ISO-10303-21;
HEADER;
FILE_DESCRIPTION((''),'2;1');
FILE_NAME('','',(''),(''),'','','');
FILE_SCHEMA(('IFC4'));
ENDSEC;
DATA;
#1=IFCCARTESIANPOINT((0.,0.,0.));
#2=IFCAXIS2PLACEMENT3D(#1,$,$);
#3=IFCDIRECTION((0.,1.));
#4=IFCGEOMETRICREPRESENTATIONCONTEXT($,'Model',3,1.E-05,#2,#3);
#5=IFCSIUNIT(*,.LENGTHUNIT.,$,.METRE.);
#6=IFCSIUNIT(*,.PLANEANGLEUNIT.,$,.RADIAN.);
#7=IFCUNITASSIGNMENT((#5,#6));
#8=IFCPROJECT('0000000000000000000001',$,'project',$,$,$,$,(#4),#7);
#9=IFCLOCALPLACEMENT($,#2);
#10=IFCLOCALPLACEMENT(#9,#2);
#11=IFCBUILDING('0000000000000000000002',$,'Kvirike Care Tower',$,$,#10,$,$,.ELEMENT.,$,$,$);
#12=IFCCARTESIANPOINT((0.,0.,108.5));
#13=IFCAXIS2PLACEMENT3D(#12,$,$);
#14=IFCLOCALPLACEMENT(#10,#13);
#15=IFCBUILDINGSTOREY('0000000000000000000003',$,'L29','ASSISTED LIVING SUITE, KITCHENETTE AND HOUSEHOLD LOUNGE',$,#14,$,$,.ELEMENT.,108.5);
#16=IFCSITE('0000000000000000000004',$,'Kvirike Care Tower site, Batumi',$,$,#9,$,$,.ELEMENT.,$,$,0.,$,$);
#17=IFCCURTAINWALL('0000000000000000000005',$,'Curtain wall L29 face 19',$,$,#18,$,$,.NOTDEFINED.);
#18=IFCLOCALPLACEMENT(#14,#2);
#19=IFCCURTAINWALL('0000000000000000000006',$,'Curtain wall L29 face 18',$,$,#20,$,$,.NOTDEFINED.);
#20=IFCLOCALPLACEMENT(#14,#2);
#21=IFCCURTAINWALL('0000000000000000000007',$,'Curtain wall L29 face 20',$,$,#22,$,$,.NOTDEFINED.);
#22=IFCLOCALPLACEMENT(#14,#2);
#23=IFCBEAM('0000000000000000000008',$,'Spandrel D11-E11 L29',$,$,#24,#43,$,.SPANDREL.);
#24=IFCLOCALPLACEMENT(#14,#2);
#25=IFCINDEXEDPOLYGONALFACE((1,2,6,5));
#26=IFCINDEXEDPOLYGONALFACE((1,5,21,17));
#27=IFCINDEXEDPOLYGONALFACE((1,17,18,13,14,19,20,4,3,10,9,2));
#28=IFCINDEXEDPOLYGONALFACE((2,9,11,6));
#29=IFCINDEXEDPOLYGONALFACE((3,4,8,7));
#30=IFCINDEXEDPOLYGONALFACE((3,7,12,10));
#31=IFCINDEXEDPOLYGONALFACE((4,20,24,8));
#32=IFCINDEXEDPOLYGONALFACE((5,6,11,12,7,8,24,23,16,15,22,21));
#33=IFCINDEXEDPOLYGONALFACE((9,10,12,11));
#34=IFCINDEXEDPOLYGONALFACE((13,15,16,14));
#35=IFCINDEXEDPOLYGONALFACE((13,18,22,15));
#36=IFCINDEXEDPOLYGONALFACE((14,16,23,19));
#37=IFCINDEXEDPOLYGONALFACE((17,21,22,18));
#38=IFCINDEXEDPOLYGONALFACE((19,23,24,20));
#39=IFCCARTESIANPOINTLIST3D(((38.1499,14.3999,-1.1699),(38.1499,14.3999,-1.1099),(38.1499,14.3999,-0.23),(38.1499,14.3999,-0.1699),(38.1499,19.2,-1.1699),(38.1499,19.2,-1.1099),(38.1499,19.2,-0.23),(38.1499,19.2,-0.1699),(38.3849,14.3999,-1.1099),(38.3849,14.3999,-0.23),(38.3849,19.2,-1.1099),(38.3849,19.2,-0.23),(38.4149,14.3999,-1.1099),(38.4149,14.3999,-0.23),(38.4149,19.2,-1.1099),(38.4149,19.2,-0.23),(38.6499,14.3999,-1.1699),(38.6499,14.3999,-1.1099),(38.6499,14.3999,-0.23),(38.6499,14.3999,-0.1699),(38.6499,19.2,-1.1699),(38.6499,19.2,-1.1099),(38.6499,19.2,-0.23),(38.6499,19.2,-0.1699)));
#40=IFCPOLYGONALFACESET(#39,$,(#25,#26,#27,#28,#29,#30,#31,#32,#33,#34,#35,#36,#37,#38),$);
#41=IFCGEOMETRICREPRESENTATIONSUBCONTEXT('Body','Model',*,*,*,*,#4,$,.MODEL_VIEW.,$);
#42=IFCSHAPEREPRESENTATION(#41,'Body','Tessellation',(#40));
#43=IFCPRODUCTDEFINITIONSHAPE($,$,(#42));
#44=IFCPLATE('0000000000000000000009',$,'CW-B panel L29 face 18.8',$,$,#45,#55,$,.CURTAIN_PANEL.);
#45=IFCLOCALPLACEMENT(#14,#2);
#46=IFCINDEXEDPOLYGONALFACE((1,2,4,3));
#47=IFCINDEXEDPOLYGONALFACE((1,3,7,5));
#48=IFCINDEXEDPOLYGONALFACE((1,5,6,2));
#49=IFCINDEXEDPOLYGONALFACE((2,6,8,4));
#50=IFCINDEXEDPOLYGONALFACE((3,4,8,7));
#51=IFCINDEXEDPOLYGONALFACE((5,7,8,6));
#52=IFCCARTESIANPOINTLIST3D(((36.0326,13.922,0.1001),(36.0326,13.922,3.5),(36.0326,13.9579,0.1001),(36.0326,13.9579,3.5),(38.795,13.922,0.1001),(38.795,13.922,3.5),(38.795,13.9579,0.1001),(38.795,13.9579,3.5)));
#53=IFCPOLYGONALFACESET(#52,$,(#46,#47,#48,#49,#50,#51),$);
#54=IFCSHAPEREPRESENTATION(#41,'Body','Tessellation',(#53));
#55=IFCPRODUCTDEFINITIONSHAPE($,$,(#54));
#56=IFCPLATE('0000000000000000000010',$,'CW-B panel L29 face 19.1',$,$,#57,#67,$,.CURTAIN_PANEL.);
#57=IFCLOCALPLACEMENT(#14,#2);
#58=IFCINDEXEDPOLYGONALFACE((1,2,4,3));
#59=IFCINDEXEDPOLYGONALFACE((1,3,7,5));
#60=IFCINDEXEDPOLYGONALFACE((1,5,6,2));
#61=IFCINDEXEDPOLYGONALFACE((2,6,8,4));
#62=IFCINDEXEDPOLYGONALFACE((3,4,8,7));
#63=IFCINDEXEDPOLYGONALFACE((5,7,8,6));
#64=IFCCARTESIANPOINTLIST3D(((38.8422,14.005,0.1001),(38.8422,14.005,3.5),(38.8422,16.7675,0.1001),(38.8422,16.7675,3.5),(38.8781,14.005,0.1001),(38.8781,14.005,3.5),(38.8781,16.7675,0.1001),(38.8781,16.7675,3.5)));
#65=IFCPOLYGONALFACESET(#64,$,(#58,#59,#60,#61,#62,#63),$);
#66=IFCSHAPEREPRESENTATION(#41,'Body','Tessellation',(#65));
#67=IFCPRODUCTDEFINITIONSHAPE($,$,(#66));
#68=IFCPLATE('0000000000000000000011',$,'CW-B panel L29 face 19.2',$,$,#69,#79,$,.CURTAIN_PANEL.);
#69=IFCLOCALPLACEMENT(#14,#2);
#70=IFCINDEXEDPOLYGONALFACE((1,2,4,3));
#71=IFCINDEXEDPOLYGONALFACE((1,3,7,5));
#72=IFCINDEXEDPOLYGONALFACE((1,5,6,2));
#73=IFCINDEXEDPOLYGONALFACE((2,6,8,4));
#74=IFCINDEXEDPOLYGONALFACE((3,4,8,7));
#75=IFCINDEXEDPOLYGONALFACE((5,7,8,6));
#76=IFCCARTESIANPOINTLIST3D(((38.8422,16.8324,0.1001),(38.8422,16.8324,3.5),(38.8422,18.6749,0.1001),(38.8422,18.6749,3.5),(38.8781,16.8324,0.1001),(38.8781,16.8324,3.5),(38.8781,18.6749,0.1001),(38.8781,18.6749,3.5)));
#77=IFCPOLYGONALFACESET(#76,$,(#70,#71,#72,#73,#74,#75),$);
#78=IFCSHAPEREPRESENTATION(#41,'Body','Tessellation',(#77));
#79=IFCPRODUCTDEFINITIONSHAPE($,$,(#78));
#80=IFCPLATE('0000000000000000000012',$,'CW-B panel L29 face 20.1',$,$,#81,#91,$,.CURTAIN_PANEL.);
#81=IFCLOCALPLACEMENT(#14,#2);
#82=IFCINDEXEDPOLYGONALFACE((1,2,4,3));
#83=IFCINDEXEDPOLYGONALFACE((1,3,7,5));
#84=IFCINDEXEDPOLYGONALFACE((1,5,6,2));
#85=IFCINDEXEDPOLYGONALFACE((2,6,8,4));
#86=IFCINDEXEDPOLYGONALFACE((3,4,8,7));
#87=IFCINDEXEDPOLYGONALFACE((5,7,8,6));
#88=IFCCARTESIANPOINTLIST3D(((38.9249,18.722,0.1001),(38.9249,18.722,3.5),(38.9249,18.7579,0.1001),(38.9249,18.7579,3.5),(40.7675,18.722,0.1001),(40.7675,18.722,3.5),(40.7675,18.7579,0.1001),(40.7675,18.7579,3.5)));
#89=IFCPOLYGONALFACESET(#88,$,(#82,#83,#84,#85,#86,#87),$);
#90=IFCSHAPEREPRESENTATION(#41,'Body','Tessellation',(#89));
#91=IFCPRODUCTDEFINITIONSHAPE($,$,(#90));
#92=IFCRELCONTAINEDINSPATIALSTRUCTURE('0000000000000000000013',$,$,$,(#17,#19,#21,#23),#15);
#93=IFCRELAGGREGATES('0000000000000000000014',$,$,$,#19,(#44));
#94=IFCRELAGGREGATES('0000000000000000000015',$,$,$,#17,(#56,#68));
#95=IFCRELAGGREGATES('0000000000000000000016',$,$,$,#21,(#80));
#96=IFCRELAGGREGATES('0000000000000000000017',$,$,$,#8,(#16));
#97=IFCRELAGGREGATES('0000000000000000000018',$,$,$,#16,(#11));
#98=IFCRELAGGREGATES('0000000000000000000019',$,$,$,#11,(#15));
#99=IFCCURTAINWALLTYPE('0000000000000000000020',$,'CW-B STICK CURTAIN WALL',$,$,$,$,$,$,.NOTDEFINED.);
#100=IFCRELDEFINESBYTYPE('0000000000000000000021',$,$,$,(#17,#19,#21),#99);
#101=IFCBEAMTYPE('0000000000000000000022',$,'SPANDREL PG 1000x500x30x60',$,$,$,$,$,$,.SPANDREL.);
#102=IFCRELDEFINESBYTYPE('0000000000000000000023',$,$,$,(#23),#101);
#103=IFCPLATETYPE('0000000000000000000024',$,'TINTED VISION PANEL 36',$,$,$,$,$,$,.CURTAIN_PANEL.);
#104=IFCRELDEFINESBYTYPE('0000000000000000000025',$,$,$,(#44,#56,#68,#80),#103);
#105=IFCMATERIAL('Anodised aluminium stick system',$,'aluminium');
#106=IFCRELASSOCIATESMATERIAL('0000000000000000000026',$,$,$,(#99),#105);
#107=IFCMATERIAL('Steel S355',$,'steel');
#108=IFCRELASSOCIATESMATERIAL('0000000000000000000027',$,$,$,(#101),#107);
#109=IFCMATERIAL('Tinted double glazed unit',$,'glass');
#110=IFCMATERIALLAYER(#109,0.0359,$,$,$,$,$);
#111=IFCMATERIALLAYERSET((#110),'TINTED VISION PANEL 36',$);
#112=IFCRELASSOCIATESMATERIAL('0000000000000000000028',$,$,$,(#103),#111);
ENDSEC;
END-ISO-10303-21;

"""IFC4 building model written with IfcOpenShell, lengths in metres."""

from ifc_helpers import new_model, si_unit, direction, frame, origin, origin_2d, place, context, subcontext, project, spatial, rectangle, i_section, extrude, material, layer, layer_set, material_profile, profile_set, type_object, element, aggregate, save


model = new_model("IFC4")

# Units and contexts
model_context = context("Model", 3, precision=1e-05, world=origin(), true_north=direction((0.0, 1.0)))
body_context = subcontext(model_context, "Body", "Model", "MODEL_VIEW")
ifc_project = project(units=[si_unit("LENGTHUNIT", "METRE"), si_unit("PLANEANGLEUNIT", "RADIAN")], contexts=[model_context])

# Site, building, storey
site_placement = place(None, origin())
site = spatial("IfcSite", under=ifc_project, at=site_placement, Name="Kvirike Care Tower site, Batumi", CompositionType="ELEMENT", RefElevation=0.0)
building_placement = place(site_placement, origin())
building = spatial("IfcBuilding", under=site, at=building_placement, Name="Kvirike Care Tower", CompositionType="ELEMENT")
storey_placement = place(building_placement, frame((0.0, 0.0, 108.5)))
storey = spatial("IfcBuildingStorey", under=building, at=storey_placement, Name="L29", Description="ASSISTED LIVING SUITE, KITCHENETTE AND HOUSEHOLD LOUNGE", CompositionType="ELEMENT", Elevation=108.5)

# Curtain wall
ifc_material_1 = material(Name="Anodised aluminium stick system", Category="aluminium")
curtain_wall_type = type_object("IfcCurtainWallType", Name="CW-B STICK CURTAIN WALL", PredefinedType="NOTDEFINED", material=ifc_material_1)
curtain_wall_1_placement = place(storey_placement, origin())
curtain_wall_1 = element("IfcCurtainWall", 1, at=curtain_wall_1_placement, inside=storey, type_object=curtain_wall_type, Name="Curtain wall L29 face 19", PredefinedType="NOTDEFINED")

# Curtain wall
curtain_wall_2_placement = place(storey_placement, origin())
curtain_wall_2 = element("IfcCurtainWall", 2, at=curtain_wall_2_placement, inside=storey, type_object=curtain_wall_type, Name="Curtain wall L29 face 18", PredefinedType="NOTDEFINED")

# Curtain wall
curtain_wall_3_placement = place(storey_placement, origin())
curtain_wall_3 = element("IfcCurtainWall", 3, at=curtain_wall_3_placement, inside=storey, type_object=curtain_wall_type, Name="Curtain wall L29 face 20", PredefinedType="NOTDEFINED")

# Beam
ifc_material_2 = material(Name="Steel S355", Category="steel")
ifc_material_profile_1 = material_profile(ifc_material_2, i_section(OverallWidth=0.5, OverallDepth=1.0, WebThickness=0.03, FlangeThickness=0.0601, at=origin_2d()), Name="PG 1000x500x30x60")
ifc_profile_set_1 = profile_set([ifc_material_profile_1], Name="Steel S355")
beam_type = type_object("IfcBeamType", Name="SPANDREL PG 1000x500x30x60", PredefinedType="SPANDREL", material=ifc_profile_set_1)
beam_placement = place(storey_placement, frame((38.3999, 14.3999, -0.6699), z_axis=(0.0, 1.0, 0.0), x_axis=(-1.0, 0.0, 0.0)))
element("IfcBeam", 4, at=beam_placement, inside=storey, type_object=beam_type, Name="Spandrel D11-E11 L29", PredefinedType="SPANDREL", context=body_context, shape_type="SweptSolid", body=[
    extrude(i_section(OverallWidth=0.5, OverallDepth=1.0, WebThickness=0.03, FlangeThickness=0.0601, at=origin_2d()), origin(), (0.0, 0.0, 1.0), 4.8),
])

# Plates
ifc_material_3 = material(Name="Tinted double glazed unit", Category="glass")
ifc_layer = layer(ifc_material_3, 0.0359)
ifc_layer_set = layer_set([ifc_layer], Name="TINTED VISION PANEL 36")
plate_type = type_object("IfcPlateType", Name="TINTED VISION PANEL 36", PredefinedType="CURTAIN_PANEL", material=ifc_layer_set)
plate_1_placement = place(storey_placement, frame((37.4138, 13.9399, 0.1001), z_axis=(0.0, 0.0, 1.0), x_axis=(1.0, 0.0, 0.0)))
plate_1 = element("IfcPlate", 5, at=plate_1_placement, type_object=plate_type, Name="CW-B panel L29 face 18.8", PredefinedType="CURTAIN_PANEL", context=body_context, shape_type="SweptSolid", body=[
    extrude(rectangle(XDim=2.7625, YDim=0.0359, at=origin_2d()), origin(), (0.0, 0.0, 1.0), 3.3999),
])
aggregate(curtain_wall_2, [plate_1])
plate_2_placement = place(storey_placement, frame((38.8601, 15.3862, 0.1001), z_axis=(0.0, 0.0, 1.0), x_axis=(0.0, 1.0, 0.0)))
plate_2 = element("IfcPlate", 6, at=plate_2_placement, type_object=plate_type, Name="CW-B panel L29 face 19.1", PredefinedType="CURTAIN_PANEL", context=body_context, shape_type="SweptSolid", body=[
    extrude(rectangle(XDim=2.7625, YDim=0.0359, at=origin_2d()), origin(), (0.0, 0.0, 1.0), 3.3999),
])
plate_3_placement = place(storey_placement, frame((38.8601, 17.7537, 0.1001), z_axis=(0.0, 0.0, 1.0), x_axis=(0.0, 1.0, 0.0)))
plate_3 = element("IfcPlate", 7, at=plate_3_placement, type_object=plate_type, Name="CW-B panel L29 face 19.2", PredefinedType="CURTAIN_PANEL", context=body_context, shape_type="SweptSolid", body=[
    extrude(rectangle(XDim=1.8425, YDim=0.0359, at=origin_2d()), origin(), (0.0, 0.0, 1.0), 3.3999),
])
aggregate(curtain_wall_1, [plate_2, plate_3])
plate_4_placement = place(storey_placement, frame((39.8462, 18.74, 0.1001), z_axis=(0.0, 0.0, 1.0), x_axis=(1.0, 0.0, 0.0)))
plate_4 = element("IfcPlate", 8, at=plate_4_placement, type_object=plate_type, Name="CW-B panel L29 face 20.1", PredefinedType="CURTAIN_PANEL", context=body_context, shape_type="SweptSolid", body=[
    extrude(rectangle(XDim=1.8425, YDim=0.0359, at=origin_2d()), origin(), (0.0, 0.0, 1.0), 3.3999),
])
aggregate(curtain_wall_3, [plate_4])

save(model, "model.ifc")
